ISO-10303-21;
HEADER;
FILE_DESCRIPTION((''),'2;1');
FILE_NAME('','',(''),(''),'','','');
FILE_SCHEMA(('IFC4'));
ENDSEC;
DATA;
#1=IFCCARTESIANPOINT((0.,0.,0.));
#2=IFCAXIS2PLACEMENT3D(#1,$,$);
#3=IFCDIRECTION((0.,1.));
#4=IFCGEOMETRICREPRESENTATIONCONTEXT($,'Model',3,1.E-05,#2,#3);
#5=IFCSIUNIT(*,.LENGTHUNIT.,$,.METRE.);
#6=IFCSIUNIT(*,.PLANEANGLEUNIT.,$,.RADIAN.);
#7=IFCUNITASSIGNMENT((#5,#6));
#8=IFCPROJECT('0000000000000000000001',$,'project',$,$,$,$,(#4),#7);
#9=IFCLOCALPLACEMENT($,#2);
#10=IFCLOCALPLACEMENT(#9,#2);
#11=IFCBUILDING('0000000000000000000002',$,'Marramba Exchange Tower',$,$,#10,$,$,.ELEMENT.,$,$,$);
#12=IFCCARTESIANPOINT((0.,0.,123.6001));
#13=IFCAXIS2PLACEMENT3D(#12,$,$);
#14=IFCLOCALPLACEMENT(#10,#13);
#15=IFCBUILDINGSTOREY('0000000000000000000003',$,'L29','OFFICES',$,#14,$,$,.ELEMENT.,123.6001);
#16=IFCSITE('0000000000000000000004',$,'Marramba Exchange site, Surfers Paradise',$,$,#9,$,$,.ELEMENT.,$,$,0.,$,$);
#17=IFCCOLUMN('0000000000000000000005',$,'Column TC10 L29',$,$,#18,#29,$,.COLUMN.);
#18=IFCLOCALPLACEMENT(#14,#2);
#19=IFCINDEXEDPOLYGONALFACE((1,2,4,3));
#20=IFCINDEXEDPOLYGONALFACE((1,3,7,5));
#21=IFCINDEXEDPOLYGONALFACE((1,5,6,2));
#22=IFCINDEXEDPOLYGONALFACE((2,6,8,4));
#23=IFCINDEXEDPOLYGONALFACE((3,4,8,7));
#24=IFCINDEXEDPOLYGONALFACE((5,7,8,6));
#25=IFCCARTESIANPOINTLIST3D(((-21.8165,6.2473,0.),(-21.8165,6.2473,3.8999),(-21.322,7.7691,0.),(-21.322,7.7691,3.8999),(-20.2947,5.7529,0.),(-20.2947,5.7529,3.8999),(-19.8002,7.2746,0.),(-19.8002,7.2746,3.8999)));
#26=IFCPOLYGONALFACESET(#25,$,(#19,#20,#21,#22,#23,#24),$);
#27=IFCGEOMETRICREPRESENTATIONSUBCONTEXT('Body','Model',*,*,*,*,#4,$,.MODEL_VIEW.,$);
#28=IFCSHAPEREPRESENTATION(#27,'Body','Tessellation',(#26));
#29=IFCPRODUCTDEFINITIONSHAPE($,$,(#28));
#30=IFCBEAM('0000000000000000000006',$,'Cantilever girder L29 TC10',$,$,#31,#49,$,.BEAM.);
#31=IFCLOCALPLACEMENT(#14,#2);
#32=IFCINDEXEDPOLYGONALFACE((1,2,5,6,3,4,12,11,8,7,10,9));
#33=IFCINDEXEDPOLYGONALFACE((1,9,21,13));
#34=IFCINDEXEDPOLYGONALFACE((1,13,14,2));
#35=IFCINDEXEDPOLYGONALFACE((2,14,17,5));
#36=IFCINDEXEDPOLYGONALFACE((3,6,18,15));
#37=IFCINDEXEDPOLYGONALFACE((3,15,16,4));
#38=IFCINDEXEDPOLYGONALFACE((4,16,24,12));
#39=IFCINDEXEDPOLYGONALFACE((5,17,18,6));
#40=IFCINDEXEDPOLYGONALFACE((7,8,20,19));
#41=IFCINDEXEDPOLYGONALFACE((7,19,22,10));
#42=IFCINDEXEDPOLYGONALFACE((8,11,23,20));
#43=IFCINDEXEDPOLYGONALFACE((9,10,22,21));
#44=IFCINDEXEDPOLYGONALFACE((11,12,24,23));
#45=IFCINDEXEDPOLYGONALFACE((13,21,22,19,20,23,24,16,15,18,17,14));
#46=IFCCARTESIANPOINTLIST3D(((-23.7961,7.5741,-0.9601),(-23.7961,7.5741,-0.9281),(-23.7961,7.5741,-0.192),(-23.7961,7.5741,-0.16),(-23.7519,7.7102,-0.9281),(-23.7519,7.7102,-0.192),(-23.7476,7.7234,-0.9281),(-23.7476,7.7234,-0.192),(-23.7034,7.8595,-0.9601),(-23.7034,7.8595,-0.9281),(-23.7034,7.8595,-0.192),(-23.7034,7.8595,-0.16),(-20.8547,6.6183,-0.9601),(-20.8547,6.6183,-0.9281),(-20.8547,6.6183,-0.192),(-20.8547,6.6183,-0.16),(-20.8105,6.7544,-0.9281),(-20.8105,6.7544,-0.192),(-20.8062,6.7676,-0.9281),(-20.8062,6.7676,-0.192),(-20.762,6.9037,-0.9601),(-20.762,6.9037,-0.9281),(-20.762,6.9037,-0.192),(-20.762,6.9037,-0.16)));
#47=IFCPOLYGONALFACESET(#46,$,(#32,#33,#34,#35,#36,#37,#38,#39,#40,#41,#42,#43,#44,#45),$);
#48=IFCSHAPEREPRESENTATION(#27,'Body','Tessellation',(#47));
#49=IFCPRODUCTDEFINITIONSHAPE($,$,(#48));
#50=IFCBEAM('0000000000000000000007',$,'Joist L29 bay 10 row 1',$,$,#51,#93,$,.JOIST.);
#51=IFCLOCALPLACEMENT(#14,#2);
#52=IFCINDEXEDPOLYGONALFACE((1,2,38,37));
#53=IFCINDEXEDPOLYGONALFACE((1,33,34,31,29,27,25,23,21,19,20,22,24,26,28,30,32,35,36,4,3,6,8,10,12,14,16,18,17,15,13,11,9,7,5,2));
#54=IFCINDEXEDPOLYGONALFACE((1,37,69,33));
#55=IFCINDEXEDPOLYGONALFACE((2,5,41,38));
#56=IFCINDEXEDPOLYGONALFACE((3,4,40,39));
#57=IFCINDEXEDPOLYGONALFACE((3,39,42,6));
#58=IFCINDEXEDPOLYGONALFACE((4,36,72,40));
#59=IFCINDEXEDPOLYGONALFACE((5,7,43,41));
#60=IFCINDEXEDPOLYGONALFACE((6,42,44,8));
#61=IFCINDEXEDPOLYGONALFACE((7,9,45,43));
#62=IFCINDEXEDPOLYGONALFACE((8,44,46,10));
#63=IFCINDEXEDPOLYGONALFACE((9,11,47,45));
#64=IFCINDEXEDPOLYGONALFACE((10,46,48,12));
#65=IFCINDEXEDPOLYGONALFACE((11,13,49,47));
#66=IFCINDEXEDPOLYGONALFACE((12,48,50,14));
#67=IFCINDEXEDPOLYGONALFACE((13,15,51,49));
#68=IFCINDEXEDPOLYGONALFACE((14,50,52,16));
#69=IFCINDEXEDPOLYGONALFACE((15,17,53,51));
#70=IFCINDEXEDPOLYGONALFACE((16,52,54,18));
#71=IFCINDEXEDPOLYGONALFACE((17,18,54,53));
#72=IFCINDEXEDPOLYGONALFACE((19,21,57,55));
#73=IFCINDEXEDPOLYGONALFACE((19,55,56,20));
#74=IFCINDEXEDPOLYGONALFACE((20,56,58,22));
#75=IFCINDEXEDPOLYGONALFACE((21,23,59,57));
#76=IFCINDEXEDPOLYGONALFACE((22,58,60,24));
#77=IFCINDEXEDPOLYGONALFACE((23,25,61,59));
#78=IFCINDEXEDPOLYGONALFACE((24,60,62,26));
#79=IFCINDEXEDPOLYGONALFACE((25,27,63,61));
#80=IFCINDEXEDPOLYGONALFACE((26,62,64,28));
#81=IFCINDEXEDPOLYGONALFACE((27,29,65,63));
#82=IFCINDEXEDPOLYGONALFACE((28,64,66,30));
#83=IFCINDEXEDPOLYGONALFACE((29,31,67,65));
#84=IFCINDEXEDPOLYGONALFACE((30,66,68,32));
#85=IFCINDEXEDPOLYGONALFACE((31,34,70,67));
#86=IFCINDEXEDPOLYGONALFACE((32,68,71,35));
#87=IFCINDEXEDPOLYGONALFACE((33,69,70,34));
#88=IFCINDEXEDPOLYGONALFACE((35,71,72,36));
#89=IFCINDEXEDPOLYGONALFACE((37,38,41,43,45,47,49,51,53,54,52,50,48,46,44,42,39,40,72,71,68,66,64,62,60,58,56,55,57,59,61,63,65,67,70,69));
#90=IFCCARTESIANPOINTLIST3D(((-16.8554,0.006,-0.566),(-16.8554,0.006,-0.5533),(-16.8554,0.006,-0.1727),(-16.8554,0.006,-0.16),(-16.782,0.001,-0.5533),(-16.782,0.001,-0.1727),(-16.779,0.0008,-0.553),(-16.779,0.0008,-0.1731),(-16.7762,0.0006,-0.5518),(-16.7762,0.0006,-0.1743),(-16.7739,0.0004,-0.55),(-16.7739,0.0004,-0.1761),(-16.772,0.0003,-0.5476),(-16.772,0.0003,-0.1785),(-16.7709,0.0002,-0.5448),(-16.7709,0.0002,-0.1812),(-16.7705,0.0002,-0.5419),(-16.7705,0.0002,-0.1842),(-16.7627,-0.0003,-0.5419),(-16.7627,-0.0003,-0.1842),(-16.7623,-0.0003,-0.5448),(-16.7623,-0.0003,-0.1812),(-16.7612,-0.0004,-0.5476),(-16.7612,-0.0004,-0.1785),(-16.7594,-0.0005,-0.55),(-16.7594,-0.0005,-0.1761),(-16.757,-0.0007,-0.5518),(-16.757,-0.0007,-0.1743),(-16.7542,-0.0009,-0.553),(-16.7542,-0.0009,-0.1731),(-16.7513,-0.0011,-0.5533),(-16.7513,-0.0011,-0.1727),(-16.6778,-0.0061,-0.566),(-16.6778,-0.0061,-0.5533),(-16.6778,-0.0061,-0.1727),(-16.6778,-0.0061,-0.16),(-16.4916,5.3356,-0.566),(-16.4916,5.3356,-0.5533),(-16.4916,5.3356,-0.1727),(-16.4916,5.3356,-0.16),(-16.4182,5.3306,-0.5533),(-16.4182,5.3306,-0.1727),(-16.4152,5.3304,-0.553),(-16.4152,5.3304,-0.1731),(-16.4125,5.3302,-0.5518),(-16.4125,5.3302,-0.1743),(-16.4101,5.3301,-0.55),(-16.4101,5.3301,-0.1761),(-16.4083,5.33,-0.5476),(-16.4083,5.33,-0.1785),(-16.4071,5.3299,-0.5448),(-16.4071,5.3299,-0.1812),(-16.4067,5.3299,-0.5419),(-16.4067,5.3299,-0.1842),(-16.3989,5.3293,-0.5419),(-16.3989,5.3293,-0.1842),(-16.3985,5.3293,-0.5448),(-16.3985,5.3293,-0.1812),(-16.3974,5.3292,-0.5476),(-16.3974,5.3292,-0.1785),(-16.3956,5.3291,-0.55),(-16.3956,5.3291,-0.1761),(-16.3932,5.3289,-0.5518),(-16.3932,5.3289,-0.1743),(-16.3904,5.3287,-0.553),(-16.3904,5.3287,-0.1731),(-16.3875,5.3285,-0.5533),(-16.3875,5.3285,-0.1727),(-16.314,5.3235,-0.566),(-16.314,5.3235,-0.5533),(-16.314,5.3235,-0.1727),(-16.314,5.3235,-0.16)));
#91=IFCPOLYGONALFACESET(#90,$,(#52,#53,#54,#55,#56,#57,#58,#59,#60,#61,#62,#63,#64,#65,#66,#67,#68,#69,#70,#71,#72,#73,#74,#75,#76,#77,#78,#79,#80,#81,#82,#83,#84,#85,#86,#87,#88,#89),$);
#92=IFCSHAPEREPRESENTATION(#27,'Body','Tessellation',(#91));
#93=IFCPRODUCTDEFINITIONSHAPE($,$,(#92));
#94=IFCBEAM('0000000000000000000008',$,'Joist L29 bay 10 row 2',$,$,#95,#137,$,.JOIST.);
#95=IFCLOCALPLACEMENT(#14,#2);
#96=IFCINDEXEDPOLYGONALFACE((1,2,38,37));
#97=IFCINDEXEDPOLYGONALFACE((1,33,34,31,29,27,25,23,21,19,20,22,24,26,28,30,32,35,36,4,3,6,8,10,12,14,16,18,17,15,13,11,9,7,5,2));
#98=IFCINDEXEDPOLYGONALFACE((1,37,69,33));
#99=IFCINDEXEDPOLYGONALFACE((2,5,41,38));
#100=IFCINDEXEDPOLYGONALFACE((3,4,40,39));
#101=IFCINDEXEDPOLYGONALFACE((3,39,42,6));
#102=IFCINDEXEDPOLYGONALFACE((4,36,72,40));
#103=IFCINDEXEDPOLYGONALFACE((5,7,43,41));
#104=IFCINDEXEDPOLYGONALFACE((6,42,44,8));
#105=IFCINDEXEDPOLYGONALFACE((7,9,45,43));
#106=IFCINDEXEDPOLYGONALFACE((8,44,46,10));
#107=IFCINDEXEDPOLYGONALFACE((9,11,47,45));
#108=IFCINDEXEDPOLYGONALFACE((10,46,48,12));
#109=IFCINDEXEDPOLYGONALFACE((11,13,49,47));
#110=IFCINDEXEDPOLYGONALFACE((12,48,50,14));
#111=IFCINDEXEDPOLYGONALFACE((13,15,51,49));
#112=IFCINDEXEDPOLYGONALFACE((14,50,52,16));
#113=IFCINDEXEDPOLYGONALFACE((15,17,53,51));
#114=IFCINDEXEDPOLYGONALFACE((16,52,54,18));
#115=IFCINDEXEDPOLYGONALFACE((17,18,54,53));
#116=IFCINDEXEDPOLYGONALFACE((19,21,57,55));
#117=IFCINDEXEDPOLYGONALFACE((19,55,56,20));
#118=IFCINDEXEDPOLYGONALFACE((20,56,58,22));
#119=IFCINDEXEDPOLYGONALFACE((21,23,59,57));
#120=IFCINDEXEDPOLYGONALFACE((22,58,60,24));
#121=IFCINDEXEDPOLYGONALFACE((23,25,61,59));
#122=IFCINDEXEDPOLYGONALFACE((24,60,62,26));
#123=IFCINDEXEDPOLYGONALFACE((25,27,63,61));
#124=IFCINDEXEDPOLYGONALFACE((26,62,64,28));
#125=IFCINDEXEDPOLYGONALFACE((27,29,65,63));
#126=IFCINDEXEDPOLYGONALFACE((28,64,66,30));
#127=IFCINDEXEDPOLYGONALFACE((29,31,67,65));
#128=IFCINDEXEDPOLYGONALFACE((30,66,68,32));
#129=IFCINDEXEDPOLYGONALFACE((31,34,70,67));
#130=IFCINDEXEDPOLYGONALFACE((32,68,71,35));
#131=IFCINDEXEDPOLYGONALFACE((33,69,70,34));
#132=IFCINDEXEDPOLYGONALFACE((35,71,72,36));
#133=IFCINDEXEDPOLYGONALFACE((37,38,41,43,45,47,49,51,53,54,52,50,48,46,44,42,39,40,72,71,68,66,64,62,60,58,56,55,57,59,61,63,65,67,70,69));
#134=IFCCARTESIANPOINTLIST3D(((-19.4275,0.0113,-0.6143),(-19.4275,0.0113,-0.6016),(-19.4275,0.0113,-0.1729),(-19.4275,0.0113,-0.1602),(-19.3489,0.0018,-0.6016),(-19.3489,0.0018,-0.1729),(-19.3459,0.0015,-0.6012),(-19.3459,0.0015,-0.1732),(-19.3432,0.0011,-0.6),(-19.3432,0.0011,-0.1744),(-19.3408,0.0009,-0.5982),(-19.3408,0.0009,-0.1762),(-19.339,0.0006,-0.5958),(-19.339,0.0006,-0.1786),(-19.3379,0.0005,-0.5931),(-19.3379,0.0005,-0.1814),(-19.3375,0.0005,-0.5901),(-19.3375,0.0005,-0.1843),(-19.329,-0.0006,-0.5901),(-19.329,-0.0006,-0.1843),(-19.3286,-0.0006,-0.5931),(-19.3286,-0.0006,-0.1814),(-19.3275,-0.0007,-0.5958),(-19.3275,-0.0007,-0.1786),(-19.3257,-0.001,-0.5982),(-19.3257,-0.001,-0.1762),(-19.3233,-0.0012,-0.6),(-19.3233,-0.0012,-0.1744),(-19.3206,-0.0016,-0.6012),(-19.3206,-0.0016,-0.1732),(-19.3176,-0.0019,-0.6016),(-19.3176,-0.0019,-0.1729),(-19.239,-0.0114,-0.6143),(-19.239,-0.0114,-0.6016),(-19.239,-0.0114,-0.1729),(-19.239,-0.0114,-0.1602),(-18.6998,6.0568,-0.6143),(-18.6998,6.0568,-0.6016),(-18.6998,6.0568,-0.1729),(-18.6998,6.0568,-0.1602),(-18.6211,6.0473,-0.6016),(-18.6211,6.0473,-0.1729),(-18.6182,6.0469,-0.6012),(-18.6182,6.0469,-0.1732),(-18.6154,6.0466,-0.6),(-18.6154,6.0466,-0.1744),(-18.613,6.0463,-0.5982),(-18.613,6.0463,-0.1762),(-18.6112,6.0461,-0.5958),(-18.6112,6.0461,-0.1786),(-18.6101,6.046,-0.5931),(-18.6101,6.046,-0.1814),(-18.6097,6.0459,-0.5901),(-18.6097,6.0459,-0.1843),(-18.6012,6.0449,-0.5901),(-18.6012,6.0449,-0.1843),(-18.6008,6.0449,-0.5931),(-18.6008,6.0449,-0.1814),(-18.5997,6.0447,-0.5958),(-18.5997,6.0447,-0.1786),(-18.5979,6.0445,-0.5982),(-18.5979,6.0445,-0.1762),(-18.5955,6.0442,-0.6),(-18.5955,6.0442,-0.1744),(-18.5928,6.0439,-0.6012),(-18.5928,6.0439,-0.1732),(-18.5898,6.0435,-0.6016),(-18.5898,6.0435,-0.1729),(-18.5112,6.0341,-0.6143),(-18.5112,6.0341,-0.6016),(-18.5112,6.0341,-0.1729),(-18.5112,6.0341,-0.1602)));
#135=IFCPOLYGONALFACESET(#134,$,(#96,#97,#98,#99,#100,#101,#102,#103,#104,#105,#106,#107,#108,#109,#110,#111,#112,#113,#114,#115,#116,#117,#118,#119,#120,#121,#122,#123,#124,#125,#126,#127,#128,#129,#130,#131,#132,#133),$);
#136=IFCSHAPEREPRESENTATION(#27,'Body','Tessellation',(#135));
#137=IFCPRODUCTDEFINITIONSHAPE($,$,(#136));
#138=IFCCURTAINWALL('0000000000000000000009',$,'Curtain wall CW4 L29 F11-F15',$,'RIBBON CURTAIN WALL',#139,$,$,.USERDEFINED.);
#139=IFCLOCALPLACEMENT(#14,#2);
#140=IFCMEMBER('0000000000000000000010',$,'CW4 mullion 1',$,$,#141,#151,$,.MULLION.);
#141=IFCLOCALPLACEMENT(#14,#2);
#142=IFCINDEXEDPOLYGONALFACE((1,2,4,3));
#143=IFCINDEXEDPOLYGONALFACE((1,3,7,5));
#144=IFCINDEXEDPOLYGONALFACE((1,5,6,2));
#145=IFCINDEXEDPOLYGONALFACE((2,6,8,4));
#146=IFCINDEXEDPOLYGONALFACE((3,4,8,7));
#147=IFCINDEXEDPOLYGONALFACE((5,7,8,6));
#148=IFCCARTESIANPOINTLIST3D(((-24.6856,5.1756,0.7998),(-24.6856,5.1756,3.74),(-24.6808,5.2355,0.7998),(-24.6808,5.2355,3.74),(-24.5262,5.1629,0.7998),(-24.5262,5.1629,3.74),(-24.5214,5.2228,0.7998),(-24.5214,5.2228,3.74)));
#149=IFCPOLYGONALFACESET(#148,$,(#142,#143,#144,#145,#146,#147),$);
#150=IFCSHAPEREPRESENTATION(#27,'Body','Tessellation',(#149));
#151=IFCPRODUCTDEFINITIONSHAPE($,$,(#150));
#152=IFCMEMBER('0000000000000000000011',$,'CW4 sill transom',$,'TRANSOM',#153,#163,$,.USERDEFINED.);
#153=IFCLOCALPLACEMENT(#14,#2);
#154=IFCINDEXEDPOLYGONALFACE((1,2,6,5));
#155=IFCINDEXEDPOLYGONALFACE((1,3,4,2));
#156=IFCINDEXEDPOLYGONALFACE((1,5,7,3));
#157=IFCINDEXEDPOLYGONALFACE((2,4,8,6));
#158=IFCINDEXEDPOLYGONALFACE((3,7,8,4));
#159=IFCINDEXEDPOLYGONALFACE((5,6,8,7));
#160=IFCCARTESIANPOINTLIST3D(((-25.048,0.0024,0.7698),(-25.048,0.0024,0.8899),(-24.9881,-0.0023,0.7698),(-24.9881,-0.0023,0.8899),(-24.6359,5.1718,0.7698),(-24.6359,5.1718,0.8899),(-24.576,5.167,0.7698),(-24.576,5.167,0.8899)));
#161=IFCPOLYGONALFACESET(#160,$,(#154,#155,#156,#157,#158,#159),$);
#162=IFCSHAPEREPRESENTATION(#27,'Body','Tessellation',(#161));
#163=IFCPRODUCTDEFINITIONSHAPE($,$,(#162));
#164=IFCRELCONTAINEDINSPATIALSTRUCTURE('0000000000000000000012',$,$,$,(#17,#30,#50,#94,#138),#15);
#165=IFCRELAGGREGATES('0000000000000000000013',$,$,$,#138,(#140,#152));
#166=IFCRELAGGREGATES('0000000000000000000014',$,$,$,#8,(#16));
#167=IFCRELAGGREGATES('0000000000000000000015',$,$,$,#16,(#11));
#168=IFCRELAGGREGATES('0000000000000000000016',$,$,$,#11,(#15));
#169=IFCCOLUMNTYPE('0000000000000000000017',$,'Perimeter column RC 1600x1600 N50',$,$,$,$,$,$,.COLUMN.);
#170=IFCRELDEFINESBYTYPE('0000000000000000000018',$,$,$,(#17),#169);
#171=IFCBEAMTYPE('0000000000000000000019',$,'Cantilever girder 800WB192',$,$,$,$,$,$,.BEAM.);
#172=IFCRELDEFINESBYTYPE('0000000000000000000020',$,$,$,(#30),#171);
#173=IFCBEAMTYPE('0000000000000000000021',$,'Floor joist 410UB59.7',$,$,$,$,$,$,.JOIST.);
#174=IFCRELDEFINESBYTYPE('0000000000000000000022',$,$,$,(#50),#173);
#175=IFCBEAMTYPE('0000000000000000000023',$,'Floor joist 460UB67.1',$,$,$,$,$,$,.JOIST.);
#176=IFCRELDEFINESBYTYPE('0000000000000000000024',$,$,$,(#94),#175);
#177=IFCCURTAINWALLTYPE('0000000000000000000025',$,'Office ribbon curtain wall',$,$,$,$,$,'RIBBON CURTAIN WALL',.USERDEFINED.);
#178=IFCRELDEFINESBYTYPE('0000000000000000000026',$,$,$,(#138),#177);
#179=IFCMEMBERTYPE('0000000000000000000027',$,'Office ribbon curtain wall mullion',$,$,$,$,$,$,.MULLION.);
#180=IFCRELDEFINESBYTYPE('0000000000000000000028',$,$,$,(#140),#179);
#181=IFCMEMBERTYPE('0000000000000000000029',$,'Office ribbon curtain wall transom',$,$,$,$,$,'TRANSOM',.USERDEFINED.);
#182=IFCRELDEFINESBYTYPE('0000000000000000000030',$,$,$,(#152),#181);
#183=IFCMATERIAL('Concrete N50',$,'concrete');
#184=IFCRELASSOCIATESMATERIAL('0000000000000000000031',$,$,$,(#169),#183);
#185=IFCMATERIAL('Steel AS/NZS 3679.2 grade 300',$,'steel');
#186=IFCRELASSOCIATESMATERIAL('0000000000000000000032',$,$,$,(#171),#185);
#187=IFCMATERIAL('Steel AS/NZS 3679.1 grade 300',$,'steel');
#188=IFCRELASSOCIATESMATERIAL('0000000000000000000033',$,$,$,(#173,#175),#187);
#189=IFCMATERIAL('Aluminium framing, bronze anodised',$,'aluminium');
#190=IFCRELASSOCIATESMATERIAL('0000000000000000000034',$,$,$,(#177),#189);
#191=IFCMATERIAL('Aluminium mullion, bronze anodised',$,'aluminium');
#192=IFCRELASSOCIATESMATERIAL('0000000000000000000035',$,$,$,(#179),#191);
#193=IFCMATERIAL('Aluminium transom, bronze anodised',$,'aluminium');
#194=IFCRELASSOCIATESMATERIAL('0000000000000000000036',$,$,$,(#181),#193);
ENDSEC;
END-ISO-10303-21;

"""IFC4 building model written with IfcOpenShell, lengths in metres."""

from ifc_helpers import new_model, si_unit, direction, frame, origin, origin_2d, place, context, subcontext, project, spatial, rectangle, i_section, extrude, material, material_profile, profile_set, type_object, element, aggregate, save


model = new_model("IFC4")

# Units and contexts
model_context = context("Model", 3, precision=1e-05, world=origin(), true_north=direction((0.0, 1.0)))
body_context = subcontext(model_context, "Body", "Model", "MODEL_VIEW")
ifc_project = project(units=[si_unit("LENGTHUNIT", "METRE"), si_unit("PLANEANGLEUNIT", "RADIAN")], contexts=[model_context])

# Site, building, storey
site_placement = place(None, origin())
site = spatial("IfcSite", under=ifc_project, at=site_placement, Name="Marramba Exchange site, Surfers Paradise", CompositionType="ELEMENT", RefElevation=0.0)
building_placement = place(site_placement, origin())
building = spatial("IfcBuilding", under=site, at=building_placement, Name="Marramba Exchange Tower", CompositionType="ELEMENT")
storey_placement = place(building_placement, frame((0.0, 0.0, 123.6001)))
storey = spatial("IfcBuildingStorey", under=building, at=storey_placement, Name="L29", Description="OFFICES", CompositionType="ELEMENT", Elevation=123.6001)

# Column
ifc_material_1 = material(Name="Concrete N50", Category="concrete")
ifc_material_profile_1 = material_profile(ifc_material_1, rectangle(XDim=1.6001, YDim=1.6001, at=origin_2d()), Name="RC 1600x1600")
ifc_profile_set_1 = profile_set([ifc_material_profile_1], Name="Concrete N50")
column_type = type_object("IfcColumnType", Name="Perimeter column RC 1600x1600 N50", PredefinedType="COLUMN", material=ifc_profile_set_1)
column_placement = place(storey_placement, frame((-20.8083, 6.761, 0.0), z_axis=(0.0, 0.0, 1.0), x_axis=(-0.951057, 0.309017, 0.0)))
element("IfcColumn", 1, at=column_placement, inside=storey, type_object=column_type, Name="Column TC10 L29", PredefinedType="COLUMN", context=body_context, shape_type="SweptSolid", body=[
    extrude(rectangle(XDim=1.6001, YDim=1.6001, at=origin_2d()), origin(), (0.0, 0.0, 1.0), 3.8999),
])

# Beams
ifc_material_2 = material(Name="Steel AS/NZS 3679.2 grade 300", Category="steel")
ifc_material_profile_2 = material_profile(ifc_material_2, i_section(OverallWidth=0.3, OverallDepth=0.8, WebThickness=0.0139, FlangeThickness=0.032, at=origin_2d()), Name="800WB192")
ifc_profile_set_2 = profile_set([ifc_material_profile_2], Name="Steel AS/NZS 3679.2 grade 300")
beam_type_1 = type_object("IfcBeamType", Name="Cantilever girder 800WB192", PredefinedType="BEAM", material=ifc_profile_set_2)
beam_1_placement = place(storey_placement, frame((-20.8083, 6.761, -0.5601), z_axis=(-0.951048, 0.309043, 0.0), x_axis=(-0.309043, -0.951048, 0.0)))
element("IfcBeam", 2, at=beam_1_placement, inside=storey, type_object=beam_type_1, Name="Cantilever girder L29 TC10", PredefinedType="BEAM", context=body_context, shape_type="SweptSolid", body=[
    extrude(i_section(OverallWidth=0.3, OverallDepth=0.8, WebThickness=0.0139, FlangeThickness=0.032, at=origin_2d()), origin(), (0.0, 0.0, 1.0), 3.0928),
])
ifc_material_3 = material(Name="Steel AS/NZS 3679.1 grade 300", Category="steel")
ifc_material_profile_3 = material_profile(ifc_material_3, i_section(OverallWidth=0.178, OverallDepth=0.406, WebThickness=0.0078, FlangeThickness=0.0127, FilletRadius=0.0115, at=origin_2d()), Name="410UB59.7")
ifc_profile_set_3 = profile_set([ifc_material_profile_3], Name="Steel AS/NZS 3679.1 grade 300")
beam_type_2 = type_object("IfcBeamType", Name="Floor joist 410UB59.7", PredefinedType="JOIST", material=ifc_profile_set_3)
beam_2_placement = place(storey_placement, frame((-16.4028, 5.3296, -0.363), z_axis=(-0.068096, -0.997679, 0.0), x_axis=(0.997679, -0.068096, 0.0)))
element("IfcBeam", 3, at=beam_2_placement, inside=storey, type_object=beam_type_2, Name="Joist L29 bay 10 row 1", PredefinedType="JOIST", context=body_context, shape_type="SweptSolid", body=[
    extrude(i_section(OverallWidth=0.178, OverallDepth=0.406, WebThickness=0.0078, FlangeThickness=0.0127, FilletRadius=0.0115, at=origin_2d()), origin(), (0.0, 0.0, 1.0), 5.342),
])
ifc_material_profile_4 = material_profile(ifc_material_3, i_section(OverallWidth=0.1899, OverallDepth=0.4541, WebThickness=0.0085, FlangeThickness=0.0127, FilletRadius=0.0115, at=origin_2d()), Name="460UB67.1")
ifc_profile_set_4 = profile_set([ifc_material_profile_4], Name="Steel AS/NZS 3679.1 grade 300")
beam_type_3 = type_object("IfcBeamType", Name="Floor joist 460UB67.1", PredefinedType="JOIST", material=ifc_profile_set_4)
beam_3_placement = place(storey_placement, frame((-18.6055, 6.0454, -0.3872), z_axis=(-0.119523, -0.992831, 0.0), x_axis=(0.992831, -0.119523, 0.0)))
element("IfcBeam", 4, at=beam_3_placement, inside=storey, type_object=beam_type_3, Name="Joist L29 bay 10 row 2", PredefinedType="JOIST", context=body_context, shape_type="SweptSolid", body=[
    extrude(i_section(OverallWidth=0.1899, OverallDepth=0.4541, WebThickness=0.0085, FlangeThickness=0.0127, FilletRadius=0.0115, at=origin_2d()), origin(), (0.0, 0.0, 1.0), 6.0891),
])

# Curtain wall, members
ifc_material_4 = material(Name="Aluminium framing, bronze anodised", Category="aluminium")
curtain_wall_type = type_object("IfcCurtainWallType", Name="Office ribbon curtain wall", ElementType="RIBBON CURTAIN WALL", PredefinedType="USERDEFINED", material=ifc_material_4)
curtain_wall_placement = place(storey_placement, origin())
curtain_wall = element("IfcCurtainWall", 5, at=curtain_wall_placement, inside=storey, type_object=curtain_wall_type, Name="Curtain wall CW4 L29 F11-F15", ObjectType="RIBBON CURTAIN WALL", PredefinedType="USERDEFINED")
ifc_material_5 = material(Name="Aluminium mullion, bronze anodised", Category="aluminium")
ifc_material_profile_5 = material_profile(ifc_material_5, rectangle(XDim=0.1599, YDim=0.0601, at=origin_2d()), Name="CW4 mullion 60x160")
ifc_profile_set_5 = profile_set([ifc_material_profile_5], Name="Aluminium mullion, bronze anodised")
member_type_1 = type_object("IfcMemberType", Name="Office ribbon curtain wall mullion", PredefinedType="MULLION", material=ifc_profile_set_5)
member_1_placement = place(storey_placement, frame((-24.6035, 5.1992, 0.7998), z_axis=(0.0, 0.0, 1.0), x_axis=(0.996838, -0.07946, 0.0)))
member_1 = element("IfcMember", 6, at=member_1_placement, type_object=member_type_1, Name="CW4 mullion 1", PredefinedType="MULLION", context=body_context, shape_type="SweptSolid", body=[
    extrude(rectangle(XDim=0.1599, YDim=0.0601, at=origin_2d()), origin(), (0.0, 0.0, 1.0), 2.9402),
])
ifc_material_6 = material(Name="Aluminium transom, bronze anodised", Category="aluminium")
ifc_material_profile_6 = material_profile(ifc_material_6, rectangle(XDim=0.0601, YDim=0.1201, at=origin_2d()), Name="CW4 transom 60x120")
ifc_profile_set_6 = profile_set([ifc_material_profile_6], Name="Aluminium transom, bronze anodised")
member_type_2 = type_object("IfcMemberType", Name="Office ribbon curtain wall transom", ElementType="TRANSOM", PredefinedType="USERDEFINED", material=ifc_profile_set_6)
member_2_placement = place(storey_placement, frame((-24.606, 5.1694, 0.8298), z_axis=(-0.079468, -0.996837, 0.0), x_axis=(0.996837, -0.079468, 0.0)))
member_2 = element("IfcMember", 7, at=member_2_placement, type_object=member_type_2, Name="CW4 sill transom", ObjectType="TRANSOM", PredefinedType="USERDEFINED", context=body_context, shape_type="SweptSolid", body=[
    extrude(rectangle(XDim=0.0601, YDim=0.1201, at=origin_2d()), origin(), (0.0, 0.0, 1.0), 5.1858),
])

aggregate(curtain_wall, [member_1, member_2])

save(model, "model.ifc")
